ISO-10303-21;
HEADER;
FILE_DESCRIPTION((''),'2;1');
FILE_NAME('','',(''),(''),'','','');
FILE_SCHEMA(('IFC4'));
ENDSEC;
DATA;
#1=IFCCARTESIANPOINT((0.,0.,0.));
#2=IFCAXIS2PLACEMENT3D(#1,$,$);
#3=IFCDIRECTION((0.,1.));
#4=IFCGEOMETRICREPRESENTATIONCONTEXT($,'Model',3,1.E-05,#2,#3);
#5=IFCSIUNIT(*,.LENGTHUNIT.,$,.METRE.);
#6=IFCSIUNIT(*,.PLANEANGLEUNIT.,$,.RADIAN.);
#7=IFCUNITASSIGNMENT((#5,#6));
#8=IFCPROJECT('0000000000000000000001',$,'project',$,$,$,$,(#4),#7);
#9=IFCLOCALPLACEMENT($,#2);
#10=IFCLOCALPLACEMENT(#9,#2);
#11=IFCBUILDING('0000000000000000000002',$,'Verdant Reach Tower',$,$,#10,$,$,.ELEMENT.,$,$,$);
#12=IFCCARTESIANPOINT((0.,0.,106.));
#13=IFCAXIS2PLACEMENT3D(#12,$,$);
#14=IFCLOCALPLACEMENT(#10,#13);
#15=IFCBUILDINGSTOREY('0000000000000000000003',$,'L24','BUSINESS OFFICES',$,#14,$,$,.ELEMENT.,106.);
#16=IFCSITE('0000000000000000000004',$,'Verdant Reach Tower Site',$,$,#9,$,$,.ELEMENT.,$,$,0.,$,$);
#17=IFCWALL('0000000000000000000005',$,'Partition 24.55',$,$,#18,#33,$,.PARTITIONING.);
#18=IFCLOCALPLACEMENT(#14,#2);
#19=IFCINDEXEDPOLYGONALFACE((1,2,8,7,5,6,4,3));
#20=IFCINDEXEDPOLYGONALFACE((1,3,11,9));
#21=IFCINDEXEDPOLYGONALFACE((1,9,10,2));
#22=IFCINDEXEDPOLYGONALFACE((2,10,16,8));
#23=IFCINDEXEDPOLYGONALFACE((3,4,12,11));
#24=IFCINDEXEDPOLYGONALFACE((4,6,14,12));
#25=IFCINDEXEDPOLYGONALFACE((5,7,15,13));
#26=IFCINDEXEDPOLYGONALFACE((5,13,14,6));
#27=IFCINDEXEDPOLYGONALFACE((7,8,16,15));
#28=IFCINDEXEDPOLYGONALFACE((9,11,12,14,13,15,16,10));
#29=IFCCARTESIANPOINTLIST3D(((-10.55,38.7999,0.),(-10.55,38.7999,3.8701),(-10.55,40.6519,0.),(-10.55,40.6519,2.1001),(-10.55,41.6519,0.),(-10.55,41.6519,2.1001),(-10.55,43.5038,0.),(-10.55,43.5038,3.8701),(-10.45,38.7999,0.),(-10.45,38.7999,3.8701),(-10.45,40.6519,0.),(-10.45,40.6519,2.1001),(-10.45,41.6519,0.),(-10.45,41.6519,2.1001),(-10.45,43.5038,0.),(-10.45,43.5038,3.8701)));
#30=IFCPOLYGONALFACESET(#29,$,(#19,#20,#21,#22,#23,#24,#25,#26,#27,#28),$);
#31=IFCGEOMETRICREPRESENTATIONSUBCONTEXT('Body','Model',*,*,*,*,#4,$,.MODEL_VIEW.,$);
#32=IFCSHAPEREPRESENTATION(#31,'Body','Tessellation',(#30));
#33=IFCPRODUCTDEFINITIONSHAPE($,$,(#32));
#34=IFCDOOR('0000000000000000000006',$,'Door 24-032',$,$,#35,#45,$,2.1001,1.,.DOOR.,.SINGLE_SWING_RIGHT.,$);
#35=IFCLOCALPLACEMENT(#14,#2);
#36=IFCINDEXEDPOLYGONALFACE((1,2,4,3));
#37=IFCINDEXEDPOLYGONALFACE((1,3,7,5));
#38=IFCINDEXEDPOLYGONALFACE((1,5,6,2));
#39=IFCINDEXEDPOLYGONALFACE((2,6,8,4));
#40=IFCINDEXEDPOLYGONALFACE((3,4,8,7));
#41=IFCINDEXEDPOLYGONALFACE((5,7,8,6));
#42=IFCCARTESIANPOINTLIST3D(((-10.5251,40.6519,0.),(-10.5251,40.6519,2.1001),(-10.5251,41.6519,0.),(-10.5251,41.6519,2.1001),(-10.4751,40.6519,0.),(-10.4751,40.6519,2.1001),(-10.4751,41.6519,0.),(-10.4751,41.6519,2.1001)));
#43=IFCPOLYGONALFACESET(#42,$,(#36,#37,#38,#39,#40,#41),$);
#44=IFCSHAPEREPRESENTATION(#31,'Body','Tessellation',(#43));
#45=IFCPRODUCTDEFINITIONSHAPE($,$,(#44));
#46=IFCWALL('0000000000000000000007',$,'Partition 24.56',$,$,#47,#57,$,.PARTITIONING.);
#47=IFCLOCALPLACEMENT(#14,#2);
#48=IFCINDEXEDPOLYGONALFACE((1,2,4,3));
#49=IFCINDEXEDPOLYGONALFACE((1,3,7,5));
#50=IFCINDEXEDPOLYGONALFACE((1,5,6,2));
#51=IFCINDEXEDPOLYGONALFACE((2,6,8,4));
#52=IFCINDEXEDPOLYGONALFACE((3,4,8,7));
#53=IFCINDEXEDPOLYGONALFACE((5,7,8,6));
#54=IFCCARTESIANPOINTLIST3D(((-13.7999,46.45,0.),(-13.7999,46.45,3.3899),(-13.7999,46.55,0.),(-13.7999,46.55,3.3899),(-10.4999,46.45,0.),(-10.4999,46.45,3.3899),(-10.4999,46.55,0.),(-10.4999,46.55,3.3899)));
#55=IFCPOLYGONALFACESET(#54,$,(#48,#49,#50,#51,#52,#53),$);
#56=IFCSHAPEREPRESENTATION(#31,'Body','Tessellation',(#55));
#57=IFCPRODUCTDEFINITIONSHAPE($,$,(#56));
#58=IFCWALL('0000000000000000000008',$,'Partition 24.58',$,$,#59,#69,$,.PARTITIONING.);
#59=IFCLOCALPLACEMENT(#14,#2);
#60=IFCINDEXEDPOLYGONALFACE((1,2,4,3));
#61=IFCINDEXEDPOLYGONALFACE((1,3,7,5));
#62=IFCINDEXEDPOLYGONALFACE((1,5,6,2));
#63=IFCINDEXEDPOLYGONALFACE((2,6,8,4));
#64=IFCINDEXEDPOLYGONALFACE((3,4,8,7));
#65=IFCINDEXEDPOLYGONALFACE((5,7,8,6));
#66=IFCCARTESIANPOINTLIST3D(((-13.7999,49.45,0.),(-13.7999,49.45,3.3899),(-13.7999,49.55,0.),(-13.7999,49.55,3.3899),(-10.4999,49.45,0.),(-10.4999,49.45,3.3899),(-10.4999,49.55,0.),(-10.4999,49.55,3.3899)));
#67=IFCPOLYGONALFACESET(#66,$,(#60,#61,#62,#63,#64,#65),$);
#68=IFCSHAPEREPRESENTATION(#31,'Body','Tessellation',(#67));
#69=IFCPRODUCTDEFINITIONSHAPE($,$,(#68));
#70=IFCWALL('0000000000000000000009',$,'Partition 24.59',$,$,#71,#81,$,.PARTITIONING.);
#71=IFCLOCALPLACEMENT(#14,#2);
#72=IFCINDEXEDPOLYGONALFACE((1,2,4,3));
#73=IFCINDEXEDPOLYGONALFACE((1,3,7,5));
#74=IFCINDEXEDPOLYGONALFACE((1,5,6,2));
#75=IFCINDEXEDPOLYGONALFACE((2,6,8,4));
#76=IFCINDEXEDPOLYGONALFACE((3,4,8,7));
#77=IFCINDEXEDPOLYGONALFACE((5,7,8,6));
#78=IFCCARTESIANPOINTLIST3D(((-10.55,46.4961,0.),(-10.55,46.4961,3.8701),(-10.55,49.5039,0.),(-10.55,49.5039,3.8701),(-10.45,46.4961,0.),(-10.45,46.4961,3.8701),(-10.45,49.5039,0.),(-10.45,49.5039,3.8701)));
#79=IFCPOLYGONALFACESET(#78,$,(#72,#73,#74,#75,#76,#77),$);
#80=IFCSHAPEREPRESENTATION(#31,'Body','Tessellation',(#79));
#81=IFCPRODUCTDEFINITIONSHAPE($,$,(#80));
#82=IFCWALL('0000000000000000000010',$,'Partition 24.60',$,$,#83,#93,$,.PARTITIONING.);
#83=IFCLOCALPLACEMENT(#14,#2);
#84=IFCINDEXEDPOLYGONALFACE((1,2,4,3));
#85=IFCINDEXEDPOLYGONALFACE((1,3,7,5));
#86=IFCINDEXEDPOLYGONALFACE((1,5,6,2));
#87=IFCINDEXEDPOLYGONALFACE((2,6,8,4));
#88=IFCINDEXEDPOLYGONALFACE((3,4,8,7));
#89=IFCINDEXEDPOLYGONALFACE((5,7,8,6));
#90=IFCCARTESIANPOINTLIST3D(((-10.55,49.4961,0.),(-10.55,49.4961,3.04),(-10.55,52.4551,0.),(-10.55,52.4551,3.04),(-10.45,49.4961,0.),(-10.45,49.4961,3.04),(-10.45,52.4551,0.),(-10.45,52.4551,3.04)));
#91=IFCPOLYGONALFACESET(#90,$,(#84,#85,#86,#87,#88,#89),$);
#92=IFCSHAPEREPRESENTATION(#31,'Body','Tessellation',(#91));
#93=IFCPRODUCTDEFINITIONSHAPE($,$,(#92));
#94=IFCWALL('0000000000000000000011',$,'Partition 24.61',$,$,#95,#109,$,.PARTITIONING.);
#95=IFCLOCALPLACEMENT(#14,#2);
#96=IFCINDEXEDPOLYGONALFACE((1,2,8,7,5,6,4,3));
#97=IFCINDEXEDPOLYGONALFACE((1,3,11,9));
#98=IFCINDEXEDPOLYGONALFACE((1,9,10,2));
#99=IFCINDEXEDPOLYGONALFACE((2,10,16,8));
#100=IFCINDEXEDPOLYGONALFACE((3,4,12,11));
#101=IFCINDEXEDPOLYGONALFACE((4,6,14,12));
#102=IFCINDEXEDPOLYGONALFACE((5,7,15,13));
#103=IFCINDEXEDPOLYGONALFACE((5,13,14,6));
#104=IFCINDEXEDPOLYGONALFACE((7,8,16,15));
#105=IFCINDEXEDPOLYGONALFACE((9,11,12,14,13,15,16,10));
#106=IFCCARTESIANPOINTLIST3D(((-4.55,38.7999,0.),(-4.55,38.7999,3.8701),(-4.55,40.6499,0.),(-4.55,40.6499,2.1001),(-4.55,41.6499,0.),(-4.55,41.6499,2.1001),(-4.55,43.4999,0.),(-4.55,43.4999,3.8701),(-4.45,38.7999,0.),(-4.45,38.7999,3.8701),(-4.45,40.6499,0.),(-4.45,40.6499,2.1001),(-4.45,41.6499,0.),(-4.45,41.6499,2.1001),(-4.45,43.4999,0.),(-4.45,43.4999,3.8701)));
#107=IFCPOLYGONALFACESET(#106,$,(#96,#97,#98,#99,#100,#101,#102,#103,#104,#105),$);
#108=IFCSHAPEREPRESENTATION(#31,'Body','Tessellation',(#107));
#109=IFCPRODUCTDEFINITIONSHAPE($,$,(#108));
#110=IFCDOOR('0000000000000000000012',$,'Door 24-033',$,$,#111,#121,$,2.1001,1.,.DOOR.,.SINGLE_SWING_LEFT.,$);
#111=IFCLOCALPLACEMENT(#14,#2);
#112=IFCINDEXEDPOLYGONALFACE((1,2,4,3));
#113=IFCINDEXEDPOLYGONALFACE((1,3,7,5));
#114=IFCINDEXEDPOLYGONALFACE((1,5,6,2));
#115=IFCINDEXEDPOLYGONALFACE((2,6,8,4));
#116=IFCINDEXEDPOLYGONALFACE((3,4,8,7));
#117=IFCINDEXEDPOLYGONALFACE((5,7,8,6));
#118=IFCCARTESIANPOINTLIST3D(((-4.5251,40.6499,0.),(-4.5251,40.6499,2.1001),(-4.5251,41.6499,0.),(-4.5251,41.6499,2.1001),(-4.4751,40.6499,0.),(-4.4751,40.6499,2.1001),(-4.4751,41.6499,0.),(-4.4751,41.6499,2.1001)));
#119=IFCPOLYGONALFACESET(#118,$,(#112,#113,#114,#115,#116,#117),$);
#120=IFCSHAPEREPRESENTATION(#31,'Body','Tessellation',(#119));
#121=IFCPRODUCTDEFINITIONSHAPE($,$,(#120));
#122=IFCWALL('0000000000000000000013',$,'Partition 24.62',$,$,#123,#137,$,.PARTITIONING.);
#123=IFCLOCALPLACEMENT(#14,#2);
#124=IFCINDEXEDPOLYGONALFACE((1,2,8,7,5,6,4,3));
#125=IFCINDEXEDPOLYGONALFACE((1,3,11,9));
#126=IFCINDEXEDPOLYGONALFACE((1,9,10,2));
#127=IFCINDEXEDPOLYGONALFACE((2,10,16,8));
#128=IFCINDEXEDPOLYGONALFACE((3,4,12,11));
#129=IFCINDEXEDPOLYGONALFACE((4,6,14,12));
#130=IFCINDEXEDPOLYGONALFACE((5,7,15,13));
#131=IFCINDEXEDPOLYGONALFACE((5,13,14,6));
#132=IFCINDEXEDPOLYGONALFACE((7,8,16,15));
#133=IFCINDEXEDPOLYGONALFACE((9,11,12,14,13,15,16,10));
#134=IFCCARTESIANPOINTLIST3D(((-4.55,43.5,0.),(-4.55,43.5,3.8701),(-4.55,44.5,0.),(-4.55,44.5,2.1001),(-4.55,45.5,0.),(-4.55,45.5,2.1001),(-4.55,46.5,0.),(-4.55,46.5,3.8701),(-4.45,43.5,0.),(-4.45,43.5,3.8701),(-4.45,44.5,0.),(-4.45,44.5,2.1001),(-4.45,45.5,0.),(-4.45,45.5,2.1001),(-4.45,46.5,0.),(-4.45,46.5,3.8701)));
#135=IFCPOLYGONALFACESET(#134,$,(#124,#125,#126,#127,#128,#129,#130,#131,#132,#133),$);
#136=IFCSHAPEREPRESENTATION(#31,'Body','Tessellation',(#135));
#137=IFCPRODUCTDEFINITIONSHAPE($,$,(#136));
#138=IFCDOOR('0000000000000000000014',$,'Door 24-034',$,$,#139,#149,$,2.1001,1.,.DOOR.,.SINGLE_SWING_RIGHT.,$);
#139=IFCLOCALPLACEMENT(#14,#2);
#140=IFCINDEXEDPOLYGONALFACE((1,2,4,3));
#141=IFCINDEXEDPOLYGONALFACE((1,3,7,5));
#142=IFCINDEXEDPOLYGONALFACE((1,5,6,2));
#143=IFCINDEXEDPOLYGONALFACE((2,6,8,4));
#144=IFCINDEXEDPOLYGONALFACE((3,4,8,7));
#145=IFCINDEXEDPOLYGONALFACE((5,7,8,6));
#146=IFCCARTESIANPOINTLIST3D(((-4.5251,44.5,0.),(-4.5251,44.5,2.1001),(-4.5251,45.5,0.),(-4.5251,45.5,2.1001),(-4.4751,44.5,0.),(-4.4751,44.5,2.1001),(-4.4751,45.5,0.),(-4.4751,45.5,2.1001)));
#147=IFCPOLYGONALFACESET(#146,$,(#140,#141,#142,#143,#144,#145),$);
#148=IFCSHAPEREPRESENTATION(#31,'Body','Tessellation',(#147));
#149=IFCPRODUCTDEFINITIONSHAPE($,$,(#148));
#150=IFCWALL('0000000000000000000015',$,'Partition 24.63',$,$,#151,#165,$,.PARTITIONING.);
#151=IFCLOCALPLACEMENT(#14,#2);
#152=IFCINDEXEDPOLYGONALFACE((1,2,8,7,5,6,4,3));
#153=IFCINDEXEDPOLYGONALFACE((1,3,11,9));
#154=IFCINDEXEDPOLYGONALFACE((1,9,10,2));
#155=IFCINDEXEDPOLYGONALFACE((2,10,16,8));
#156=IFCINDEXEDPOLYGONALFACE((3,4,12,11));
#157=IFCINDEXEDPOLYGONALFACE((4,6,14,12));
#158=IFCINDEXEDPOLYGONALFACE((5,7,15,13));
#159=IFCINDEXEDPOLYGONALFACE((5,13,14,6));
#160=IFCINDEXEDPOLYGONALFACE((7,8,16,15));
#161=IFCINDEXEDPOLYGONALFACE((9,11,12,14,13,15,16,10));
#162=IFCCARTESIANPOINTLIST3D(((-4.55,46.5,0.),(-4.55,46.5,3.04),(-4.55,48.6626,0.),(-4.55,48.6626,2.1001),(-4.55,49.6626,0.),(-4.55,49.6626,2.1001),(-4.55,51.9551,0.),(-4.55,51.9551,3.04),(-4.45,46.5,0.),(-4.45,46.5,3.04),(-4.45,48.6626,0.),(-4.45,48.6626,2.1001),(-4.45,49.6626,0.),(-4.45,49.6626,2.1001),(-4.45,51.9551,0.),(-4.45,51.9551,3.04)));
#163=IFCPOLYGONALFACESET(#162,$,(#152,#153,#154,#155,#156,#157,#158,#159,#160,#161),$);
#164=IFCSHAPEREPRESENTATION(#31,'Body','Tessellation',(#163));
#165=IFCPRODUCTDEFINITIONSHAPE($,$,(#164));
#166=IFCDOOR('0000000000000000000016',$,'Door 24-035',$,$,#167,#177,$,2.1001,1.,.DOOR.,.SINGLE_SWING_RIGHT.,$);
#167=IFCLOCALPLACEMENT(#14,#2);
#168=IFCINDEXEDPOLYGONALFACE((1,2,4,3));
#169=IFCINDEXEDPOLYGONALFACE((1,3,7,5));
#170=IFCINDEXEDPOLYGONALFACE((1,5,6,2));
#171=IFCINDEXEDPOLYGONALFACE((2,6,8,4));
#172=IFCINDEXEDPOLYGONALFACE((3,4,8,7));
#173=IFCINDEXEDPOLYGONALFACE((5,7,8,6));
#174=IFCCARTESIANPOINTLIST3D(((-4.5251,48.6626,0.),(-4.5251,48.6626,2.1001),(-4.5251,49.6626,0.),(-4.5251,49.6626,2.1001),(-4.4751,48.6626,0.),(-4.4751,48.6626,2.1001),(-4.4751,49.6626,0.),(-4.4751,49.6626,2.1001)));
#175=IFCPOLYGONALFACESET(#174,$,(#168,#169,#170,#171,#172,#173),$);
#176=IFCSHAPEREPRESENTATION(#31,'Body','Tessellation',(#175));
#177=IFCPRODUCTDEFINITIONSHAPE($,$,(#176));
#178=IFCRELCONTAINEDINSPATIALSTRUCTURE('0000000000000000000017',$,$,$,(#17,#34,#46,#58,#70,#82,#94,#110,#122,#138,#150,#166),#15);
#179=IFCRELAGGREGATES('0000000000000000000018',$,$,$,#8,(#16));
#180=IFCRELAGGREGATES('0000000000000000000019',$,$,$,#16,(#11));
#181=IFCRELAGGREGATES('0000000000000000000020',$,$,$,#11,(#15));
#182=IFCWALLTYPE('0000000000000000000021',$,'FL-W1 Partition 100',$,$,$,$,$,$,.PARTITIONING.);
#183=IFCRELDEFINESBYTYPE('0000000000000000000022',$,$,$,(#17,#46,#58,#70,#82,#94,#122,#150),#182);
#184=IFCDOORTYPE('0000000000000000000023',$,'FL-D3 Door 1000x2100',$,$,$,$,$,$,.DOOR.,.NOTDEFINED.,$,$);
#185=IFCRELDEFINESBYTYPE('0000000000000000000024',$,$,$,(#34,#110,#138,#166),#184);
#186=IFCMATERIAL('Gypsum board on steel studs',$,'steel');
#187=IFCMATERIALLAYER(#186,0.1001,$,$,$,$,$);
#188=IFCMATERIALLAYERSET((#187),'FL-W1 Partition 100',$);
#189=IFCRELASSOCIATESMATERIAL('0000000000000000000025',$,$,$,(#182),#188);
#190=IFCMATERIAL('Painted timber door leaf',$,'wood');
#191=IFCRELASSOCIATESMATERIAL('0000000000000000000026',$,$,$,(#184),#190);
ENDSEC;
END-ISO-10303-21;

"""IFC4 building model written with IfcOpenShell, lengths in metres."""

from ifc_helpers import new_model, si_unit, direction, frame, frame_2d, origin, place, context, subcontext, project, spatial, rectangle, extrude, material, layer, layer_set, type_object, element, fill, save


model = new_model("IFC4")

# Units and contexts
model_context = context("Model", 3, precision=1e-05, world=origin(), true_north=direction((0.0, 1.0)))
body_context = subcontext(model_context, "Body", "Model", "MODEL_VIEW")
ifc_project = project(units=[si_unit("LENGTHUNIT", "METRE"), si_unit("PLANEANGLEUNIT", "RADIAN")], contexts=[model_context])

# Site, building, storey
site_placement = place(None, origin())
site = spatial("IfcSite", under=ifc_project, at=site_placement, Name="Verdant Reach Tower Site", CompositionType="ELEMENT", RefElevation=0.0)
building_placement = place(site_placement, origin())
building = spatial("IfcBuilding", under=site, at=building_placement, Name="Verdant Reach Tower", CompositionType="ELEMENT")
storey_placement = place(building_placement, frame((0.0, 0.0, 106.0)))
storey = spatial("IfcBuildingStorey", under=building, at=storey_placement, Name="L24", Description="BUSINESS OFFICES", CompositionType="ELEMENT", Elevation=106.0)

# Shared definitions
ifc_material_1 = material(Name="Gypsum board on steel studs", Category="steel")
ifc_layer_1 = layer(ifc_material_1, 0.1001)
ifc_layer_set_1 = layer_set([ifc_layer_1], Name="FL-W1 Partition 100")
wall_type_1 = type_object("IfcWallType", Name="FL-W1 Partition 100", PredefinedType="PARTITIONING", material=ifc_layer_set_1)

# Wall, opening, door
wall_1_placement = place(storey_placement, frame((-10.5, 43.5039, 0.0), z_axis=(0.0, 0.0, 1.0), x_axis=(0.0, -1.0, 0.0)))
wall_1 = element("IfcWall", 1, at=wall_1_placement, inside=storey, type_object=wall_type_1, Name="Partition 24.55", PredefinedType="PARTITIONING", context=body_context, shape_type="SweptSolid", body=[
    extrude(rectangle(XDim=4.7039, YDim=0.1001, at=frame_2d((2.3521, 0.0))), origin(), (0.0, 0.0, 1.0), 3.8701),
])
opening_1_placement = place(wall_1_placement, frame((1.8521, 0.0, 0.0)))
opening_1 = element("IfcOpeningElement", 2, at=opening_1_placement, cuts=wall_1, PredefinedType="OPENING", context=body_context, shape_type="SweptSolid", body=[
    extrude(rectangle(XDim=1.0, YDim=2.1001, at=frame_2d((0.5, 1.05))), frame((0.0, 0.0601, 0.0), z_axis=(0.0, -1.0, 0.0), x_axis=(1.0, 0.0, 0.0)), (0.0, 0.0, 1.0), 0.1201),
])
ifc_material_2 = material(Name="Painted timber door leaf", Category="wood")
door_type_1 = type_object("IfcDoorType", Name="FL-D3 Door 1000x2100", OperationType="NOTDEFINED", PredefinedType="DOOR", material=ifc_material_2)
door_1_placement = place(opening_1_placement, origin())
door_1 = element("IfcDoor", 3, at=door_1_placement, inside=storey, type_object=door_type_1, Name="Door 24-032", OperationType="SINGLE_SWING_RIGHT", OverallHeight=2.1001, OverallWidth=1.0, PredefinedType="DOOR", context=body_context, shape_type="SweptSolid", body=[
    extrude(rectangle(XDim=1.0, YDim=2.1001, at=frame_2d((0.5, 1.05))), frame((0.0, 0.0249, 0.0), z_axis=(0.0, -1.0, 0.0), x_axis=(1.0, 0.0, 0.0)), (0.0, 0.0, 1.0), 0.05),
])
fill(opening_1, door_1)

# Walls
for number, where, z_axis, x_axis, name in (
    (4, (-10.5, 46.5, 0.0), (0.0, 0.0, 1.0), (-1.0, 0.0, 0.0), "Partition 24.56"),
    (5, (-10.5, 49.5, 0.0), (0.0, 0.0, 1.0), (-1.0, 0.0, 0.0), "Partition 24.58"),
):
    element("IfcWall", number, at=place(storey_placement, frame(where, z_axis=z_axis, x_axis=x_axis)), inside=storey, type_object=wall_type_1, Name=name, PredefinedType="PARTITIONING", context=body_context, shape_type="SweptSolid", body=[
        extrude(rectangle(XDim=3.3, YDim=0.1001, at=frame_2d((1.6499, 0.0))), origin(), (0.0, 0.0, 1.0), 3.3899),
    ])
wall_2_placement = place(storey_placement, frame((-10.5, 46.4961, 0.0), z_axis=(0.0, 0.0, 1.0), x_axis=(0.0, 1.0, 0.0)))
element("IfcWall", 6, at=wall_2_placement, inside=storey, type_object=wall_type_1, Name="Partition 24.59", PredefinedType="PARTITIONING", context=body_context, shape_type="SweptSolid", body=[
    extrude(rectangle(XDim=3.0078, YDim=0.1001, at=frame_2d((1.5039, 0.0))), origin(), (0.0, 0.0, 1.0), 3.8701),
])
wall_3_placement = place(storey_placement, frame((-10.5, 49.4961, 0.0), z_axis=(0.0, 0.0, 1.0), x_axis=(0.0, 1.0, 0.0)))
element("IfcWall", 7, at=wall_3_placement, inside=storey, type_object=wall_type_1, Name="Partition 24.60", PredefinedType="PARTITIONING", context=body_context, shape_type="SweptSolid", body=[
    extrude(rectangle(XDim=2.959, YDim=0.1001, at=frame_2d((1.4795, 0.0))), origin(), (0.0, 0.0, 1.0), 3.04),
])

# Walls, openings, doors
wall_4_placement = place(storey_placement, frame((-4.5, 43.5, 0.0), z_axis=(0.0, 0.0, 1.0), x_axis=(0.0, -1.0, 0.0)))
wall_4 = element("IfcWall", 8, at=wall_4_placement, inside=storey, type_object=wall_type_1, Name="Partition 24.61", PredefinedType="PARTITIONING", context=body_context, shape_type="SweptSolid", body=[
    extrude(rectangle(XDim=4.7, YDim=0.1001, at=frame_2d((2.3501, 0.0))), origin(), (0.0, 0.0, 1.0), 3.8701),
])
opening_2_placement = place(wall_4_placement, frame((1.8501, 0.0, 0.0)))
opening_2 = element("IfcOpeningElement", 9, at=opening_2_placement, cuts=wall_4, PredefinedType="OPENING", context=body_context, shape_type="SweptSolid", body=[
    extrude(rectangle(XDim=1.0, YDim=2.1001, at=frame_2d((0.5, 1.05))), frame((0.0, 0.0601, 0.0), z_axis=(0.0, -1.0, 0.0), x_axis=(1.0, 0.0, 0.0)), (0.0, 0.0, 1.0), 0.1201),
])
door_2_placement = place(opening_2_placement, origin())
door_2 = element("IfcDoor", 10, at=door_2_placement, inside=storey, type_object=door_type_1, Name="Door 24-033", OperationType="SINGLE_SWING_LEFT", OverallHeight=2.1001, OverallWidth=1.0, PredefinedType="DOOR", context=body_context, shape_type="SweptSolid", body=[
    extrude(rectangle(XDim=1.0, YDim=2.1001, at=frame_2d((0.5, 1.05))), frame((0.0, 0.0249, 0.0), z_axis=(0.0, -1.0, 0.0), x_axis=(1.0, 0.0, 0.0)), (0.0, 0.0, 1.0), 0.05),
])
fill(opening_2, door_2)
wall_5_placement = place(storey_placement, frame((-4.5, 46.5, 0.0), z_axis=(0.0, 0.0, 1.0), x_axis=(0.0, -1.0, 0.0)))
wall_5 = element("IfcWall", 11, at=wall_5_placement, inside=storey, type_object=wall_type_1, Name="Partition 24.62", PredefinedType="PARTITIONING", context=body_context, shape_type="SweptSolid", body=[
    extrude(rectangle(XDim=3.0, YDim=0.1001, at=frame_2d((1.5, 0.0))), origin(), (0.0, 0.0, 1.0), 3.8701),
])
opening_3_placement = place(wall_5_placement, frame((1.0, 0.0, 0.0)))
opening_3 = element("IfcOpeningElement", 12, at=opening_3_placement, cuts=wall_5, PredefinedType="OPENING", context=body_context, shape_type="SweptSolid", body=[
    extrude(rectangle(XDim=1.0, YDim=2.1001, at=frame_2d((0.5, 1.05))), frame((0.0, 0.0601, 0.0), z_axis=(0.0, -1.0, 0.0), x_axis=(1.0, 0.0, 0.0)), (0.0, 0.0, 1.0), 0.1201),
])
door_3_placement = place(opening_3_placement, origin())
door_3 = element("IfcDoor", 13, at=door_3_placement, inside=storey, type_object=door_type_1, Name="Door 24-034", OperationType="SINGLE_SWING_RIGHT", OverallHeight=2.1001, OverallWidth=1.0, PredefinedType="DOOR", context=body_context, shape_type="SweptSolid", body=[
    extrude(rectangle(XDim=1.0, YDim=2.1001, at=frame_2d((0.5, 1.05))), frame((0.0, 0.0249, 0.0), z_axis=(0.0, -1.0, 0.0), x_axis=(1.0, 0.0, 0.0)), (0.0, 0.0, 1.0), 0.05),
])
fill(opening_3, door_3)
wall_6_placement = place(storey_placement, frame((-4.5, 51.9551, 0.0), z_axis=(0.0, 0.0, 1.0), x_axis=(0.0, -1.0, 0.0)))
wall_6 = element("IfcWall", 14, at=wall_6_placement, inside=storey, type_object=wall_type_1, Name="Partition 24.63", PredefinedType="PARTITIONING", context=body_context, shape_type="SweptSolid", body=[
    extrude(rectangle(XDim=5.4551, YDim=0.1001, at=frame_2d((2.7275, 0.0))), origin(), (0.0, 0.0, 1.0), 3.04),
])
opening_4_placement = place(wall_6_placement, frame((2.2925, 0.0, 0.0)))
opening_4 = element("IfcOpeningElement", 15, at=opening_4_placement, cuts=wall_6, PredefinedType="OPENING", context=body_context, shape_type="SweptSolid", body=[
    extrude(rectangle(XDim=1.0, YDim=2.1001, at=frame_2d((0.5, 1.05))), frame((0.0, 0.0601, 0.0), z_axis=(0.0, -1.0, 0.0), x_axis=(1.0, 0.0, 0.0)), (0.0, 0.0, 1.0), 0.1201),
])
door_4_placement = place(opening_4_placement, origin())
door_4 = element("IfcDoor", 16, at=door_4_placement, inside=storey, type_object=door_type_1, Name="Door 24-035", OperationType="SINGLE_SWING_RIGHT", OverallHeight=2.1001, OverallWidth=1.0, PredefinedType="DOOR", context=body_context, shape_type="SweptSolid", body=[
    extrude(rectangle(XDim=1.0, YDim=2.1001, at=frame_2d((0.5, 1.05))), frame((0.0, 0.0249, 0.0), z_axis=(0.0, -1.0, 0.0), x_axis=(1.0, 0.0, 0.0)), (0.0, 0.0, 1.0), 0.05),
])
fill(opening_4, door_4)

save(model, "model.ifc")
